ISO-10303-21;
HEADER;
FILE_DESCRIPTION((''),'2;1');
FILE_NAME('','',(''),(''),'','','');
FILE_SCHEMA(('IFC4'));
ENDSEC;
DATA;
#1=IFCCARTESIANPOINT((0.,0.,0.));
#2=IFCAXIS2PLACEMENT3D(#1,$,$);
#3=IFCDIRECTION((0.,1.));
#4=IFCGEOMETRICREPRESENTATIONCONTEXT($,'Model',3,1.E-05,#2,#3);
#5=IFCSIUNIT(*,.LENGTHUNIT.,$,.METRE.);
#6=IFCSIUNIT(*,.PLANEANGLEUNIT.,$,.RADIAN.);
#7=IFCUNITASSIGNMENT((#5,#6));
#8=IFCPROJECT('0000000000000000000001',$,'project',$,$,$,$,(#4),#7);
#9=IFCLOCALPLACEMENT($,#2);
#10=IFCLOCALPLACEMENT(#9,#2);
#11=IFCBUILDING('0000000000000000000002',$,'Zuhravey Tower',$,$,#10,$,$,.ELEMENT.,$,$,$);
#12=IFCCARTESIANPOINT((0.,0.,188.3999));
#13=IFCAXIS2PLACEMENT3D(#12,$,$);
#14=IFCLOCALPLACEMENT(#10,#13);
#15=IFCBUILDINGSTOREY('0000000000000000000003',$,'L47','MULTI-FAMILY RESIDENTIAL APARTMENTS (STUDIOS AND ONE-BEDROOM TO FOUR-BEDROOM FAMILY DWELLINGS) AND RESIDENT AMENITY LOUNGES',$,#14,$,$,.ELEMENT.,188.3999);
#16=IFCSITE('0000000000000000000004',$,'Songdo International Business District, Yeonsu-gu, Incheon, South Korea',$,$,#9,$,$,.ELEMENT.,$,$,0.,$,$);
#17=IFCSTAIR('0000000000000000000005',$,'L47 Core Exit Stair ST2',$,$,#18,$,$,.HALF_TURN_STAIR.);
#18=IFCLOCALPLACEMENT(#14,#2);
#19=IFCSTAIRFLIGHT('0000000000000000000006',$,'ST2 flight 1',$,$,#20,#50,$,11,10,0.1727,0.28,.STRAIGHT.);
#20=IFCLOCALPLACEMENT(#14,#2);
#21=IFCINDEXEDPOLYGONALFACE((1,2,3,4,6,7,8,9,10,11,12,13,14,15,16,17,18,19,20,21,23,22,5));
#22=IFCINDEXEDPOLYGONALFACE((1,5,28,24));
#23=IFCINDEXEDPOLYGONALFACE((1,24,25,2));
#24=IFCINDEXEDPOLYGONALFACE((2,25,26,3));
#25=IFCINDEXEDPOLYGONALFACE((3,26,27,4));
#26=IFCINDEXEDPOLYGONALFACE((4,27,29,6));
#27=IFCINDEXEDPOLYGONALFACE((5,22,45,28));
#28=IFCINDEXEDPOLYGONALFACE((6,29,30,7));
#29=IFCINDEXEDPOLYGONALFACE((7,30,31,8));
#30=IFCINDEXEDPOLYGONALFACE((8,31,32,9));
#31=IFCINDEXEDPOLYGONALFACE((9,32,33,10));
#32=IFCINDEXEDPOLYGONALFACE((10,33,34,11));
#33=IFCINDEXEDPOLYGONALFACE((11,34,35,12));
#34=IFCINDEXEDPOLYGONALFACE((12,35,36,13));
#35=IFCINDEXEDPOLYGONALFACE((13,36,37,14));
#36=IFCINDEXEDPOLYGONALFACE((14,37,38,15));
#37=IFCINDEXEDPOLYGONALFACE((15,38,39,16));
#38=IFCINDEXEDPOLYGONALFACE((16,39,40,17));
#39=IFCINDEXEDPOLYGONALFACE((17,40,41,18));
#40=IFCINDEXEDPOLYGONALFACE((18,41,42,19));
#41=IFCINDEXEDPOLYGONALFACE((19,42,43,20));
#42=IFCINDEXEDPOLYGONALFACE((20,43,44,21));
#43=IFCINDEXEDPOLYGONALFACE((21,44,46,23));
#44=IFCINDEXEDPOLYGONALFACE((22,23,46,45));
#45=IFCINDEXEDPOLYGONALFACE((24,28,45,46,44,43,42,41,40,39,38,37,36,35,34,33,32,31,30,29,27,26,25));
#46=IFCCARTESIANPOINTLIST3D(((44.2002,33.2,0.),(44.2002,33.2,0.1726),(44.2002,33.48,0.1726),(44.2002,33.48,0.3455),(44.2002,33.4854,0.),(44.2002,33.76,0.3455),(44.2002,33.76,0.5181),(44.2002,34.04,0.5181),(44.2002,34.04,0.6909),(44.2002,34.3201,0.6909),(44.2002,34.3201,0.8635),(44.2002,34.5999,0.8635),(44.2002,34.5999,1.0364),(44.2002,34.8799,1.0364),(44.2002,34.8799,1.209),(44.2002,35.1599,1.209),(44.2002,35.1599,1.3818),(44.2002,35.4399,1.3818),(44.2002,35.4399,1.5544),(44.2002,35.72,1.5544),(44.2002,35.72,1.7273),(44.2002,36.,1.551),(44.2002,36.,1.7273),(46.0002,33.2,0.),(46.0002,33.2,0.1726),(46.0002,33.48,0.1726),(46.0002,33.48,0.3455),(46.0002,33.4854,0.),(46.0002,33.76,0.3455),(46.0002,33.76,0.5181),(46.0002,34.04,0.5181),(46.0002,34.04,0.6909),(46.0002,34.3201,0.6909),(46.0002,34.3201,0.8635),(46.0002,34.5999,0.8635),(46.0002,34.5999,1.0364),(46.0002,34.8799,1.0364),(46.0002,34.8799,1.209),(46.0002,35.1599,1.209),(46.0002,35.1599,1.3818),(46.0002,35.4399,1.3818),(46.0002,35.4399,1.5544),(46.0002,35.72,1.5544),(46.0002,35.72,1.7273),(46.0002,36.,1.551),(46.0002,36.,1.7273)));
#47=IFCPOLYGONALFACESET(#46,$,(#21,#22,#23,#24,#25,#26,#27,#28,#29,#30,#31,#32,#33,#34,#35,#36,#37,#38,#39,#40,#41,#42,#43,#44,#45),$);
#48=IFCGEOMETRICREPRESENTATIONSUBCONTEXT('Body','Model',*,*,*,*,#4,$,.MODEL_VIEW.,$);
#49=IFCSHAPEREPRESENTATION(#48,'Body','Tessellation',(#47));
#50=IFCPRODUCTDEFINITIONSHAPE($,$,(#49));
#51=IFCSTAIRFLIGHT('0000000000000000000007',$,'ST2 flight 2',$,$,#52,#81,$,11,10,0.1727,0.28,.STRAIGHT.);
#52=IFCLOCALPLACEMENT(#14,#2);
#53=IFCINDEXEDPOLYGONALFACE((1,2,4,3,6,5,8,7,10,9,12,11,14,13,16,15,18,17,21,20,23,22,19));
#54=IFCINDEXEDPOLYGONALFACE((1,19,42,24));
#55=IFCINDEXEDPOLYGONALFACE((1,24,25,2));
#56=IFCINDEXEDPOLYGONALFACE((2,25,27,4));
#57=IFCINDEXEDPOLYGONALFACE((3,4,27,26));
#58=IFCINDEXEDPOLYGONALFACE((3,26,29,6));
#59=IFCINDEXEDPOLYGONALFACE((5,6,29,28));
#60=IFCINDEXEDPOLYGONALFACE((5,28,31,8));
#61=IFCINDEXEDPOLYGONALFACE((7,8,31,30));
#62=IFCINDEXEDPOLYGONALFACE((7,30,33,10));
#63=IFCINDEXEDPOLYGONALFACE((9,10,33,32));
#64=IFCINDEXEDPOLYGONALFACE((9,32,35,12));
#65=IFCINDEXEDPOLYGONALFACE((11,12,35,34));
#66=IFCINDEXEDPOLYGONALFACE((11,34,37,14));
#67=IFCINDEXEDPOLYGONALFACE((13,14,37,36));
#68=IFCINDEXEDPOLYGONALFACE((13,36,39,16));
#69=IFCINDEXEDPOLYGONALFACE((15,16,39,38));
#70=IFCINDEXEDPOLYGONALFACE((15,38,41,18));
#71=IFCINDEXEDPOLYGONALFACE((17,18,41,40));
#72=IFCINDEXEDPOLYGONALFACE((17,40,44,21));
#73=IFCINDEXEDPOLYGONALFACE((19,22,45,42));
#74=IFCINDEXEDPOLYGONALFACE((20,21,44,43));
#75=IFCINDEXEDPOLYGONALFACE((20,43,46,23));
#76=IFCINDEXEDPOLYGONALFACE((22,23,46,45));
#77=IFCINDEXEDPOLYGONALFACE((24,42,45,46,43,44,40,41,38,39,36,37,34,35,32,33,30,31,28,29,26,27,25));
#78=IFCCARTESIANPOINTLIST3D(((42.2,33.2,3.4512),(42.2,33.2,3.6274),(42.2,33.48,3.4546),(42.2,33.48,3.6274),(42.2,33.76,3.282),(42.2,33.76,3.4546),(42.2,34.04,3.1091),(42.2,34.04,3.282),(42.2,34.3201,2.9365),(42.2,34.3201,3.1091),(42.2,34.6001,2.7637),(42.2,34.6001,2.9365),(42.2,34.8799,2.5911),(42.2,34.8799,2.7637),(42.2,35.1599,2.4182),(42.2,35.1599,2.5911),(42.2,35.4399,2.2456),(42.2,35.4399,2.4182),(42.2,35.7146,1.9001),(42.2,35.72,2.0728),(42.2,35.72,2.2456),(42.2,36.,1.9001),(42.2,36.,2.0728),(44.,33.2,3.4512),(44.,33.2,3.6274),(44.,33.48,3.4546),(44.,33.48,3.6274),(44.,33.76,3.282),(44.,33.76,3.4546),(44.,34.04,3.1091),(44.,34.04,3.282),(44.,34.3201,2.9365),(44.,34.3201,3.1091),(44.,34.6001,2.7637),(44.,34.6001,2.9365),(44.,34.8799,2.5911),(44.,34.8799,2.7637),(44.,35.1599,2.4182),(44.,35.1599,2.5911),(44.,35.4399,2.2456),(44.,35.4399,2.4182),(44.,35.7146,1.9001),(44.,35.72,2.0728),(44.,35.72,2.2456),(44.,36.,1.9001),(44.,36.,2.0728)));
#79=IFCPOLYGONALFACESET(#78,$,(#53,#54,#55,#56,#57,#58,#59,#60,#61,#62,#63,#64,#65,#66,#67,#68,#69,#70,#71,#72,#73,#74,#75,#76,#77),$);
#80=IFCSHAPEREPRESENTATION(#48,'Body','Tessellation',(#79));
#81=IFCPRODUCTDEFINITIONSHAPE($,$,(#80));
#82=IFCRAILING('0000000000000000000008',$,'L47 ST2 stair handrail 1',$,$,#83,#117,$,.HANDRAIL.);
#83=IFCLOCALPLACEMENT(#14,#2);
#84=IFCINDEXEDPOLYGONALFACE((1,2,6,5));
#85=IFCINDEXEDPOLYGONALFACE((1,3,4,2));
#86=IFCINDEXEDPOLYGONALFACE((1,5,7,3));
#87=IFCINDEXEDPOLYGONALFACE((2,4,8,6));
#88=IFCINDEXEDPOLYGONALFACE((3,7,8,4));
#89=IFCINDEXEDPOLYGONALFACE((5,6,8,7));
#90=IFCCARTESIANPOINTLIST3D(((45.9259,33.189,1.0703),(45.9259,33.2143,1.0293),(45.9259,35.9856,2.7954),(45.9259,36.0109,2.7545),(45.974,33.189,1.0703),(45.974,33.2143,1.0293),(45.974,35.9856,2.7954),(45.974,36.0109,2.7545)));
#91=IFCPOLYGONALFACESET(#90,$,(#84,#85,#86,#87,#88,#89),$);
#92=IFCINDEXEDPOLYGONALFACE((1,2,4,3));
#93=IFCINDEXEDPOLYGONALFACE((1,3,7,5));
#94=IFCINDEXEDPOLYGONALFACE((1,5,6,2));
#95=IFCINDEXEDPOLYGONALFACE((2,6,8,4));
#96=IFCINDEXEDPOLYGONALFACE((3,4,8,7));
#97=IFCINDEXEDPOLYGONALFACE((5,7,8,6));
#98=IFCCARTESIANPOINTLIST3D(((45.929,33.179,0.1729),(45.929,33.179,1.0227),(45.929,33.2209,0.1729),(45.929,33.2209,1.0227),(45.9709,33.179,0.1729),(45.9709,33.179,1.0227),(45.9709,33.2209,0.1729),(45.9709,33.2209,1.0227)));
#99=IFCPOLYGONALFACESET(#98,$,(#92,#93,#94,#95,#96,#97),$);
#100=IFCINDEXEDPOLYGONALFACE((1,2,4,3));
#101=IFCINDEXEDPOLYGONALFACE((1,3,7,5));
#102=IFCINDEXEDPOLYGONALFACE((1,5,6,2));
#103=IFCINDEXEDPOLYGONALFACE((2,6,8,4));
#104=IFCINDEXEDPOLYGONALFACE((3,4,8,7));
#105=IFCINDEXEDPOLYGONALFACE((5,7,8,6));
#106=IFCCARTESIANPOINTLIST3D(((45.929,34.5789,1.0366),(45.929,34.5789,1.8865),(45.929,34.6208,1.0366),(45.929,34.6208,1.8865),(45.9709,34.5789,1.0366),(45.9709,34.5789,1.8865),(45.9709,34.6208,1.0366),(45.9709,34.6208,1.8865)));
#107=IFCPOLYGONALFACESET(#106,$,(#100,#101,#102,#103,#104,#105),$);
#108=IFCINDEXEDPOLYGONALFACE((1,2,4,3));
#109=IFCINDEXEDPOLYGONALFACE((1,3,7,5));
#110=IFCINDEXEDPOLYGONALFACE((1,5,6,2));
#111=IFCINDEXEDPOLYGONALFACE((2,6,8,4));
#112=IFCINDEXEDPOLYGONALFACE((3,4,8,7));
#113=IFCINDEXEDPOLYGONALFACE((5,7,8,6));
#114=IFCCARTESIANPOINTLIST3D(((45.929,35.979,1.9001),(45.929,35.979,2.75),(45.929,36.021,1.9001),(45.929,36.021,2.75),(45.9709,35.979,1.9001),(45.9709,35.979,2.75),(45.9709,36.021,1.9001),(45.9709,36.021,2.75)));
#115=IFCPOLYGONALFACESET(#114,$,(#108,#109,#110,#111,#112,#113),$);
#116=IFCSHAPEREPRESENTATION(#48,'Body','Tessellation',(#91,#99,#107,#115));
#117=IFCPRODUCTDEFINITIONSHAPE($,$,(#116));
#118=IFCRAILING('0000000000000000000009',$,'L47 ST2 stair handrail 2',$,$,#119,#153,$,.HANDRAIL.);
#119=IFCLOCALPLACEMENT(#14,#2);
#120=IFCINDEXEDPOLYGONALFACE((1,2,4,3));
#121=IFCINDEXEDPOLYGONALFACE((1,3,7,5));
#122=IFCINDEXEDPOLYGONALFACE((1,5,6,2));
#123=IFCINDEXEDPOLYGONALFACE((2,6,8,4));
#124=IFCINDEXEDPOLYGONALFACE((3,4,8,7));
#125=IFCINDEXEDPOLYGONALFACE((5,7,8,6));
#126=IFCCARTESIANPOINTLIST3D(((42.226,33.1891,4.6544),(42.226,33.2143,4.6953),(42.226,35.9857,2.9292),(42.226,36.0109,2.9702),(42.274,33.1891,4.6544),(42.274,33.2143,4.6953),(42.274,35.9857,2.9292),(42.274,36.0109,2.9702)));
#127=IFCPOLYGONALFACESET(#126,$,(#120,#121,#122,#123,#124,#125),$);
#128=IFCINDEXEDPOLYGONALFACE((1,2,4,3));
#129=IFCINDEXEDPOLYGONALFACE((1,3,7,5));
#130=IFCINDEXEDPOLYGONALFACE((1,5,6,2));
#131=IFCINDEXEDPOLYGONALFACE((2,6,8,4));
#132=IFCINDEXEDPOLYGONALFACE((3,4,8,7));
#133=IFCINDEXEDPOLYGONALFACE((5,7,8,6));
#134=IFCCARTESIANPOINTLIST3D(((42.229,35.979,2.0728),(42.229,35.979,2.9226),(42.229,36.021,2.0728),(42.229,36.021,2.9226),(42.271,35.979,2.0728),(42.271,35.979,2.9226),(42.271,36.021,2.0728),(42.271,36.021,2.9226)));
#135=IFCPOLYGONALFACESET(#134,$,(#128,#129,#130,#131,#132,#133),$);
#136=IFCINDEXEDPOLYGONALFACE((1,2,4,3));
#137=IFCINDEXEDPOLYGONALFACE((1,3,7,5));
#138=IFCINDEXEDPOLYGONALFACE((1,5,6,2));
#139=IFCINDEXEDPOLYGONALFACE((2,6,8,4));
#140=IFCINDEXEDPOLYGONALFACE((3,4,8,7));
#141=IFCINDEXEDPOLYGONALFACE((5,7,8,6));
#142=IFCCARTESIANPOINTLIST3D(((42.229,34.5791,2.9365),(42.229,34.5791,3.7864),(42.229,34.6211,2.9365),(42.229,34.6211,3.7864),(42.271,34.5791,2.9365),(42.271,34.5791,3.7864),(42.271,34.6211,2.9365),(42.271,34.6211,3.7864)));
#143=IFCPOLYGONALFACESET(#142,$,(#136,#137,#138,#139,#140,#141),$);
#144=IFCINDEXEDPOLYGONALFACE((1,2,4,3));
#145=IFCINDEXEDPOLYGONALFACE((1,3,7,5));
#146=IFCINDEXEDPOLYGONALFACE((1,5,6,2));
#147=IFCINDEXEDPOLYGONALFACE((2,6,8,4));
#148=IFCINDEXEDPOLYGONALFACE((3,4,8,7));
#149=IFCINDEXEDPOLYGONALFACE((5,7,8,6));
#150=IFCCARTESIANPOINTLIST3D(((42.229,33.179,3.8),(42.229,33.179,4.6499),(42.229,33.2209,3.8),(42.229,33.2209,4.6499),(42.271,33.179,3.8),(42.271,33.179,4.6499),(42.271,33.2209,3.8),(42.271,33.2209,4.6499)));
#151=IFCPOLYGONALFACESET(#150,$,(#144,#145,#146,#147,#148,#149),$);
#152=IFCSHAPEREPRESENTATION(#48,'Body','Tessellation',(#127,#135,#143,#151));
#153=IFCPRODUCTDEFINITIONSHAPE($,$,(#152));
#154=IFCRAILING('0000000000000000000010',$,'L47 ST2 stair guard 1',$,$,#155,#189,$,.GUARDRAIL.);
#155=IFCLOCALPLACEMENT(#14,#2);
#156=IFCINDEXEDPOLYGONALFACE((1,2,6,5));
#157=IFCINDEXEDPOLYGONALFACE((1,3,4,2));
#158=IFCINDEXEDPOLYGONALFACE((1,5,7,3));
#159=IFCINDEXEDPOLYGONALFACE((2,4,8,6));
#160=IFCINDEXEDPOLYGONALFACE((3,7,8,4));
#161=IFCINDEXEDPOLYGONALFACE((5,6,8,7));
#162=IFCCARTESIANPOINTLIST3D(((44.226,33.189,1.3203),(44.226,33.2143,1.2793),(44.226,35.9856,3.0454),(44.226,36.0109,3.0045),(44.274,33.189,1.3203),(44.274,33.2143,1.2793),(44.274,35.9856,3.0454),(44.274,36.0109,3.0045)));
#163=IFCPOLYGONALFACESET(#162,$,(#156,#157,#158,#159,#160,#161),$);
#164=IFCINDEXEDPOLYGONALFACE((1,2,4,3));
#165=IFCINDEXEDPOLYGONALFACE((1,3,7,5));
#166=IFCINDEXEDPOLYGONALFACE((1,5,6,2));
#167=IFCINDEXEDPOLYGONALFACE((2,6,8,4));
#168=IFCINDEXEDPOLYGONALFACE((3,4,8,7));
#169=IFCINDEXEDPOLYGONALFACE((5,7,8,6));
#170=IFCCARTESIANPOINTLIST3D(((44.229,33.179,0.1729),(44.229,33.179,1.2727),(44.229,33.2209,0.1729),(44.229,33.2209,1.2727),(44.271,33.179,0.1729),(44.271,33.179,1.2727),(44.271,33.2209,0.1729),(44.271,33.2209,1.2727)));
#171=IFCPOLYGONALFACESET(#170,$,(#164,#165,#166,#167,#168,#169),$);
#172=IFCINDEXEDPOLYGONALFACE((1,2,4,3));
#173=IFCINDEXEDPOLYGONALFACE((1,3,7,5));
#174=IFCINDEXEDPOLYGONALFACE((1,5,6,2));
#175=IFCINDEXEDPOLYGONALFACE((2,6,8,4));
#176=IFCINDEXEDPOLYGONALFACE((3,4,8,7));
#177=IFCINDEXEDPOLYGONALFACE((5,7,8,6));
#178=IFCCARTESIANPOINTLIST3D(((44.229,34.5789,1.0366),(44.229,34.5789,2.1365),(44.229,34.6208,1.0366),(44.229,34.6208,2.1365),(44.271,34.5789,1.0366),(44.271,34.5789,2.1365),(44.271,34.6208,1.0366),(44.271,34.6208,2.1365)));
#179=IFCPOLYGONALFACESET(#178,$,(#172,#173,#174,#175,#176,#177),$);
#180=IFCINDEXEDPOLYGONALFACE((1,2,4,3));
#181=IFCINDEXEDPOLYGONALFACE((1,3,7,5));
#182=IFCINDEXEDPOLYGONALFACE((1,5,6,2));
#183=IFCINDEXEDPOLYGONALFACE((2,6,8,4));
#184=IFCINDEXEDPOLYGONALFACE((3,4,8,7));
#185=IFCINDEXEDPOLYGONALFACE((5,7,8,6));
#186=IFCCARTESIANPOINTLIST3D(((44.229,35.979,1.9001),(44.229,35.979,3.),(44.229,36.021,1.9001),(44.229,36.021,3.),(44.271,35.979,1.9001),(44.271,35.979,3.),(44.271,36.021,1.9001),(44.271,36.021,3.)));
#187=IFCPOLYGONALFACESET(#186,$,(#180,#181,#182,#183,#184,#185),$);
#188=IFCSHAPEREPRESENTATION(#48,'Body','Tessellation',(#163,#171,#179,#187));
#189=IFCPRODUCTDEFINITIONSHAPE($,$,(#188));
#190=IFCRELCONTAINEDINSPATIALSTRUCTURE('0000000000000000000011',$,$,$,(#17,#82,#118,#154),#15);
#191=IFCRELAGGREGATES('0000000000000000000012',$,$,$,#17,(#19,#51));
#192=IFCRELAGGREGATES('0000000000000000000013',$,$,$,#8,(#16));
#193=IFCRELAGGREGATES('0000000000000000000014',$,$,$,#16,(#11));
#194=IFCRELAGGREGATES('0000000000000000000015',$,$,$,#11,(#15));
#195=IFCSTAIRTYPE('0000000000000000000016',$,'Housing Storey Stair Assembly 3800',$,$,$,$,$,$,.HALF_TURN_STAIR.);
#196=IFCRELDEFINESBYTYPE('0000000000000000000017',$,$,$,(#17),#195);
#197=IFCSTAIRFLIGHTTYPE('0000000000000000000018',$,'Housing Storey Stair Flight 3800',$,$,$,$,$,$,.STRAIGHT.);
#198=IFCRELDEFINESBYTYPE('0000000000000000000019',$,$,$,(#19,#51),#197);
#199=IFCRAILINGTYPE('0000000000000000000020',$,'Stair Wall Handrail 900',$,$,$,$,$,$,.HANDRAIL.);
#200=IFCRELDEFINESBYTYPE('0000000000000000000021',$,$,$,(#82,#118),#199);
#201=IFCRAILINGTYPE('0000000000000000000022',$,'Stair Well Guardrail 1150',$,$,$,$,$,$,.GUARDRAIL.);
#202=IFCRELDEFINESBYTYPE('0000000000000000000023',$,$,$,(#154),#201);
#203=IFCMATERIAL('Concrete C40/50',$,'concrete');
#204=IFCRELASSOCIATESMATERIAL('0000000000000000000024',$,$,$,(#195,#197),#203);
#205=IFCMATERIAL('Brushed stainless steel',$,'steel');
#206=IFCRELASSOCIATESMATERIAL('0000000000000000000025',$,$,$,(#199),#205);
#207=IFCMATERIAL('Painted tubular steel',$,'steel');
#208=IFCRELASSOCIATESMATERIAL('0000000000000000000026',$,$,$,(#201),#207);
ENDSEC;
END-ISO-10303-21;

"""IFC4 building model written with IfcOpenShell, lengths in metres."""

from ifc_helpers import new_model, si_unit, direction, frame, origin, origin_2d, place, context, subcontext, project, spatial, polyline, rectangle, outline, extrude, material, type_object, element, aggregate, save


model = new_model("IFC4")

# Units and contexts
model_context = context("Model", 3, precision=1e-05, world=origin(), true_north=direction((0.0, 1.0)))
body_context = subcontext(model_context, "Body", "Model", "MODEL_VIEW")
ifc_project = project(units=[si_unit("LENGTHUNIT", "METRE"), si_unit("PLANEANGLEUNIT", "RADIAN")], contexts=[model_context])

# Site, building, storey
site_placement = place(None, origin())
site = spatial("IfcSite", under=ifc_project, at=site_placement, Name="Songdo International Business District, Yeonsu-gu, Incheon, South Korea", CompositionType="ELEMENT", RefElevation=0.0)
building_placement = place(site_placement, origin())
building = spatial("IfcBuilding", under=site, at=building_placement, Name="Zuhravey Tower", CompositionType="ELEMENT")
storey_placement = place(building_placement, frame((0.0, 0.0, 188.3999)))
storey = spatial("IfcBuildingStorey", under=building, at=storey_placement, Name="L47", Description="MULTI-FAMILY RESIDENTIAL APARTMENTS (STUDIOS AND ONE-BEDROOM TO FOUR-BEDROOM FAMILY DWELLINGS) AND RESIDENT AMENITY LOUNGES", CompositionType="ELEMENT", Elevation=188.3999)

# Stair, stair flights
ifc_material_1 = material(Name="Concrete C40/50", Category="concrete")
stair_type = type_object("IfcStairType", Name="Housing Storey Stair Assembly 3800", PredefinedType="HALF_TURN_STAIR", material=ifc_material_1)
stair_placement = place(storey_placement, origin())
stair = element("IfcStair", 1, at=stair_placement, inside=storey, type_object=stair_type, Name="L47 Core Exit Stair ST2", PredefinedType="HALF_TURN_STAIR")
stair_flight_type = type_object("IfcStairFlightType", Name="Housing Storey Stair Flight 3800", PredefinedType="STRAIGHT", material=ifc_material_1)
stair_flight_1_placement = place(storey_placement, frame((45.1001, 33.2, 0.0), z_axis=(0.0, 0.0, 1.0), x_axis=(0.0, 1.0, 0.0)))
stair_flight_1 = element("IfcStairFlight", 2, at=stair_flight_1_placement, type_object=stair_flight_type, Name="ST2 flight 1", NumberOfRisers=11, NumberOfTreads=10, PredefinedType="STRAIGHT", RiserHeight=0.1727, TreadLength=0.28, context=body_context, shape_type="SweptSolid", body=[
    extrude(outline(polyline([(0.0, 0.0), (0.0, 0.1726), (0.28, 0.1726), (0.28, 0.3455), (0.5601, 0.3455), (0.5601, 0.5181), (0.8401, 0.5181), (0.8401, 0.6909), (1.1201, 0.6909), (1.1201, 0.8635), (1.3999, 0.8635), (1.3999, 1.0364), (1.6799, 1.0364), (1.6799, 1.209), (1.96, 1.209), (1.96, 1.3818), (2.24, 1.3818), (2.24, 1.5544), (2.52, 1.5544), (2.52, 1.7273), (2.8, 1.7273), (2.8, 1.8999), (2.8, 1.551), (0.2854, 0.0), (0.0, 0.0)])), frame((0.0, 0.8999, 0.0), z_axis=(0.0, -1.0, 0.0), x_axis=(1.0, 0.0, 0.0)), (0.0, 0.0, 1.0), 1.8),
])
stair_flight_2_placement = place(storey_placement, frame((43.1001, 36.0, 1.9001), z_axis=(0.0, 0.0, 1.0), x_axis=(0.0, -1.0, 0.0)))
stair_flight_2 = element("IfcStairFlight", 3, at=stair_flight_2_placement, type_object=stair_flight_type, Name="ST2 flight 2", NumberOfRisers=11, NumberOfTreads=10, PredefinedType="STRAIGHT", RiserHeight=0.1727, TreadLength=0.28, context=body_context, shape_type="SweptSolid", body=[
    extrude(outline(polyline([(0.0, 0.0), (0.0, 0.1726), (0.28, 0.1726), (0.28, 0.3455), (0.5601, 0.3455), (0.5601, 0.5181), (0.8401, 0.5181), (0.8401, 0.6909), (1.1201, 0.6909), (1.1201, 0.8635), (1.3999, 0.8635), (1.3999, 1.0364), (1.6799, 1.0364), (1.6799, 1.209), (1.96, 1.209), (1.96, 1.3818), (2.24, 1.3818), (2.24, 1.5544), (2.52, 1.5544), (2.52, 1.7273), (2.8, 1.7273), (2.8, 1.8999), (2.8, 1.551), (0.2854, 0.0), (0.0, 0.0)])), frame((0.0, 0.8999, 0.0), z_axis=(0.0, -1.0, 0.0), x_axis=(1.0, 0.0, 0.0)), (0.0, 0.0, 1.0), 1.8),
])
aggregate(stair, [stair_flight_1, stair_flight_2])

# Railings
ifc_material_2 = material(Name="Brushed stainless steel", Category="steel")
railing_type_1 = type_object("IfcRailingType", Name="Stair Wall Handrail 900", PredefinedType="HANDRAIL", material=ifc_material_2)
railing_1_placement = place(storey_placement, frame((45.95, 33.2, 0.1729)))
element("IfcRailing", 4, at=railing_1_placement, inside=storey, type_object=railing_type_1, Name="L47 ST2 stair handrail 1", PredefinedType="HANDRAIL", context=body_context, shape_type="SweptSolid", body=[
    extrude(rectangle(XDim=0.0481, YDim=0.0481, at=origin_2d()), frame((0.0, 0.0017, 0.877), z_axis=(0.0, 0.85109, 0.52502), x_axis=(-1.0, 0.0, 0.0)), (0.0, 0.0, 1.0), 3.2859),
    extrude(rectangle(XDim=0.042, YDim=0.042, at=origin_2d()), origin(), (0.0, 0.0, 1.0), 0.8499),
    extrude(rectangle(XDim=0.042, YDim=0.042, at=origin_2d()), frame((0.0, 1.3999, 0.8638)), (0.0, 0.0, 1.0), 0.8499),
    extrude(rectangle(XDim=0.042, YDim=0.042, at=origin_2d()), frame((0.0, 2.8, 1.7273)), (0.0, 0.0, 1.0), 0.8499),
])
railing_2_placement = place(storey_placement, frame((42.25, 36.0, 2.0728)))
element("IfcRailing", 5, at=railing_2_placement, inside=storey, type_object=railing_type_1, Name="L47 ST2 stair handrail 2", PredefinedType="HANDRAIL", context=body_context, shape_type="SweptSolid", body=[
    extrude(rectangle(XDim=0.0481, YDim=0.0481, at=origin_2d()), frame((0.0, -0.0017, 0.877), z_axis=(0.0, -0.85109, 0.52502), x_axis=(1.0, 0.0, 0.0)), (0.0, 0.0, 1.0), 3.2859),
    extrude(rectangle(XDim=0.042, YDim=0.042, at=origin_2d()), origin(), (0.0, 0.0, 1.0), 0.8499),
    extrude(rectangle(XDim=0.042, YDim=0.042, at=origin_2d()), frame((0.0, -1.3999, 0.8638)), (0.0, 0.0, 1.0), 0.8499),
    extrude(rectangle(XDim=0.042, YDim=0.042, at=origin_2d()), frame((0.0, -2.8, 1.7273)), (0.0, 0.0, 1.0), 0.8499),
])
ifc_material_3 = material(Name="Painted tubular steel", Category="steel")
railing_type_2 = type_object("IfcRailingType", Name="Stair Well Guardrail 1150", PredefinedType="GUARDRAIL", material=ifc_material_3)
railing_3_placement = place(storey_placement, frame((44.25, 33.2, 0.1729)))
element("IfcRailing", 6, at=railing_3_placement, inside=storey, type_object=railing_type_2, Name="L47 ST2 stair guard 1", PredefinedType="GUARDRAIL", context=body_context, shape_type="SweptSolid", body=[
    extrude(rectangle(XDim=0.0481, YDim=0.0481, at=origin_2d()), frame((0.0, 0.0017, 1.127), z_axis=(0.0, 0.85109, 0.52502), x_axis=(-1.0, 0.0, 0.0)), (0.0, 0.0, 1.0), 3.2859),
    extrude(rectangle(XDim=0.042, YDim=0.042, at=origin_2d()), origin(), (0.0, 0.0, 1.0), 1.0999),
    extrude(rectangle(XDim=0.042, YDim=0.042, at=origin_2d()), frame((0.0, 1.3999, 0.8638)), (0.0, 0.0, 1.0), 1.0999),
    extrude(rectangle(XDim=0.042, YDim=0.042, at=origin_2d()), frame((0.0, 2.8, 1.7273)), (0.0, 0.0, 1.0), 1.0999),
])

save(model, "model.ifc")
